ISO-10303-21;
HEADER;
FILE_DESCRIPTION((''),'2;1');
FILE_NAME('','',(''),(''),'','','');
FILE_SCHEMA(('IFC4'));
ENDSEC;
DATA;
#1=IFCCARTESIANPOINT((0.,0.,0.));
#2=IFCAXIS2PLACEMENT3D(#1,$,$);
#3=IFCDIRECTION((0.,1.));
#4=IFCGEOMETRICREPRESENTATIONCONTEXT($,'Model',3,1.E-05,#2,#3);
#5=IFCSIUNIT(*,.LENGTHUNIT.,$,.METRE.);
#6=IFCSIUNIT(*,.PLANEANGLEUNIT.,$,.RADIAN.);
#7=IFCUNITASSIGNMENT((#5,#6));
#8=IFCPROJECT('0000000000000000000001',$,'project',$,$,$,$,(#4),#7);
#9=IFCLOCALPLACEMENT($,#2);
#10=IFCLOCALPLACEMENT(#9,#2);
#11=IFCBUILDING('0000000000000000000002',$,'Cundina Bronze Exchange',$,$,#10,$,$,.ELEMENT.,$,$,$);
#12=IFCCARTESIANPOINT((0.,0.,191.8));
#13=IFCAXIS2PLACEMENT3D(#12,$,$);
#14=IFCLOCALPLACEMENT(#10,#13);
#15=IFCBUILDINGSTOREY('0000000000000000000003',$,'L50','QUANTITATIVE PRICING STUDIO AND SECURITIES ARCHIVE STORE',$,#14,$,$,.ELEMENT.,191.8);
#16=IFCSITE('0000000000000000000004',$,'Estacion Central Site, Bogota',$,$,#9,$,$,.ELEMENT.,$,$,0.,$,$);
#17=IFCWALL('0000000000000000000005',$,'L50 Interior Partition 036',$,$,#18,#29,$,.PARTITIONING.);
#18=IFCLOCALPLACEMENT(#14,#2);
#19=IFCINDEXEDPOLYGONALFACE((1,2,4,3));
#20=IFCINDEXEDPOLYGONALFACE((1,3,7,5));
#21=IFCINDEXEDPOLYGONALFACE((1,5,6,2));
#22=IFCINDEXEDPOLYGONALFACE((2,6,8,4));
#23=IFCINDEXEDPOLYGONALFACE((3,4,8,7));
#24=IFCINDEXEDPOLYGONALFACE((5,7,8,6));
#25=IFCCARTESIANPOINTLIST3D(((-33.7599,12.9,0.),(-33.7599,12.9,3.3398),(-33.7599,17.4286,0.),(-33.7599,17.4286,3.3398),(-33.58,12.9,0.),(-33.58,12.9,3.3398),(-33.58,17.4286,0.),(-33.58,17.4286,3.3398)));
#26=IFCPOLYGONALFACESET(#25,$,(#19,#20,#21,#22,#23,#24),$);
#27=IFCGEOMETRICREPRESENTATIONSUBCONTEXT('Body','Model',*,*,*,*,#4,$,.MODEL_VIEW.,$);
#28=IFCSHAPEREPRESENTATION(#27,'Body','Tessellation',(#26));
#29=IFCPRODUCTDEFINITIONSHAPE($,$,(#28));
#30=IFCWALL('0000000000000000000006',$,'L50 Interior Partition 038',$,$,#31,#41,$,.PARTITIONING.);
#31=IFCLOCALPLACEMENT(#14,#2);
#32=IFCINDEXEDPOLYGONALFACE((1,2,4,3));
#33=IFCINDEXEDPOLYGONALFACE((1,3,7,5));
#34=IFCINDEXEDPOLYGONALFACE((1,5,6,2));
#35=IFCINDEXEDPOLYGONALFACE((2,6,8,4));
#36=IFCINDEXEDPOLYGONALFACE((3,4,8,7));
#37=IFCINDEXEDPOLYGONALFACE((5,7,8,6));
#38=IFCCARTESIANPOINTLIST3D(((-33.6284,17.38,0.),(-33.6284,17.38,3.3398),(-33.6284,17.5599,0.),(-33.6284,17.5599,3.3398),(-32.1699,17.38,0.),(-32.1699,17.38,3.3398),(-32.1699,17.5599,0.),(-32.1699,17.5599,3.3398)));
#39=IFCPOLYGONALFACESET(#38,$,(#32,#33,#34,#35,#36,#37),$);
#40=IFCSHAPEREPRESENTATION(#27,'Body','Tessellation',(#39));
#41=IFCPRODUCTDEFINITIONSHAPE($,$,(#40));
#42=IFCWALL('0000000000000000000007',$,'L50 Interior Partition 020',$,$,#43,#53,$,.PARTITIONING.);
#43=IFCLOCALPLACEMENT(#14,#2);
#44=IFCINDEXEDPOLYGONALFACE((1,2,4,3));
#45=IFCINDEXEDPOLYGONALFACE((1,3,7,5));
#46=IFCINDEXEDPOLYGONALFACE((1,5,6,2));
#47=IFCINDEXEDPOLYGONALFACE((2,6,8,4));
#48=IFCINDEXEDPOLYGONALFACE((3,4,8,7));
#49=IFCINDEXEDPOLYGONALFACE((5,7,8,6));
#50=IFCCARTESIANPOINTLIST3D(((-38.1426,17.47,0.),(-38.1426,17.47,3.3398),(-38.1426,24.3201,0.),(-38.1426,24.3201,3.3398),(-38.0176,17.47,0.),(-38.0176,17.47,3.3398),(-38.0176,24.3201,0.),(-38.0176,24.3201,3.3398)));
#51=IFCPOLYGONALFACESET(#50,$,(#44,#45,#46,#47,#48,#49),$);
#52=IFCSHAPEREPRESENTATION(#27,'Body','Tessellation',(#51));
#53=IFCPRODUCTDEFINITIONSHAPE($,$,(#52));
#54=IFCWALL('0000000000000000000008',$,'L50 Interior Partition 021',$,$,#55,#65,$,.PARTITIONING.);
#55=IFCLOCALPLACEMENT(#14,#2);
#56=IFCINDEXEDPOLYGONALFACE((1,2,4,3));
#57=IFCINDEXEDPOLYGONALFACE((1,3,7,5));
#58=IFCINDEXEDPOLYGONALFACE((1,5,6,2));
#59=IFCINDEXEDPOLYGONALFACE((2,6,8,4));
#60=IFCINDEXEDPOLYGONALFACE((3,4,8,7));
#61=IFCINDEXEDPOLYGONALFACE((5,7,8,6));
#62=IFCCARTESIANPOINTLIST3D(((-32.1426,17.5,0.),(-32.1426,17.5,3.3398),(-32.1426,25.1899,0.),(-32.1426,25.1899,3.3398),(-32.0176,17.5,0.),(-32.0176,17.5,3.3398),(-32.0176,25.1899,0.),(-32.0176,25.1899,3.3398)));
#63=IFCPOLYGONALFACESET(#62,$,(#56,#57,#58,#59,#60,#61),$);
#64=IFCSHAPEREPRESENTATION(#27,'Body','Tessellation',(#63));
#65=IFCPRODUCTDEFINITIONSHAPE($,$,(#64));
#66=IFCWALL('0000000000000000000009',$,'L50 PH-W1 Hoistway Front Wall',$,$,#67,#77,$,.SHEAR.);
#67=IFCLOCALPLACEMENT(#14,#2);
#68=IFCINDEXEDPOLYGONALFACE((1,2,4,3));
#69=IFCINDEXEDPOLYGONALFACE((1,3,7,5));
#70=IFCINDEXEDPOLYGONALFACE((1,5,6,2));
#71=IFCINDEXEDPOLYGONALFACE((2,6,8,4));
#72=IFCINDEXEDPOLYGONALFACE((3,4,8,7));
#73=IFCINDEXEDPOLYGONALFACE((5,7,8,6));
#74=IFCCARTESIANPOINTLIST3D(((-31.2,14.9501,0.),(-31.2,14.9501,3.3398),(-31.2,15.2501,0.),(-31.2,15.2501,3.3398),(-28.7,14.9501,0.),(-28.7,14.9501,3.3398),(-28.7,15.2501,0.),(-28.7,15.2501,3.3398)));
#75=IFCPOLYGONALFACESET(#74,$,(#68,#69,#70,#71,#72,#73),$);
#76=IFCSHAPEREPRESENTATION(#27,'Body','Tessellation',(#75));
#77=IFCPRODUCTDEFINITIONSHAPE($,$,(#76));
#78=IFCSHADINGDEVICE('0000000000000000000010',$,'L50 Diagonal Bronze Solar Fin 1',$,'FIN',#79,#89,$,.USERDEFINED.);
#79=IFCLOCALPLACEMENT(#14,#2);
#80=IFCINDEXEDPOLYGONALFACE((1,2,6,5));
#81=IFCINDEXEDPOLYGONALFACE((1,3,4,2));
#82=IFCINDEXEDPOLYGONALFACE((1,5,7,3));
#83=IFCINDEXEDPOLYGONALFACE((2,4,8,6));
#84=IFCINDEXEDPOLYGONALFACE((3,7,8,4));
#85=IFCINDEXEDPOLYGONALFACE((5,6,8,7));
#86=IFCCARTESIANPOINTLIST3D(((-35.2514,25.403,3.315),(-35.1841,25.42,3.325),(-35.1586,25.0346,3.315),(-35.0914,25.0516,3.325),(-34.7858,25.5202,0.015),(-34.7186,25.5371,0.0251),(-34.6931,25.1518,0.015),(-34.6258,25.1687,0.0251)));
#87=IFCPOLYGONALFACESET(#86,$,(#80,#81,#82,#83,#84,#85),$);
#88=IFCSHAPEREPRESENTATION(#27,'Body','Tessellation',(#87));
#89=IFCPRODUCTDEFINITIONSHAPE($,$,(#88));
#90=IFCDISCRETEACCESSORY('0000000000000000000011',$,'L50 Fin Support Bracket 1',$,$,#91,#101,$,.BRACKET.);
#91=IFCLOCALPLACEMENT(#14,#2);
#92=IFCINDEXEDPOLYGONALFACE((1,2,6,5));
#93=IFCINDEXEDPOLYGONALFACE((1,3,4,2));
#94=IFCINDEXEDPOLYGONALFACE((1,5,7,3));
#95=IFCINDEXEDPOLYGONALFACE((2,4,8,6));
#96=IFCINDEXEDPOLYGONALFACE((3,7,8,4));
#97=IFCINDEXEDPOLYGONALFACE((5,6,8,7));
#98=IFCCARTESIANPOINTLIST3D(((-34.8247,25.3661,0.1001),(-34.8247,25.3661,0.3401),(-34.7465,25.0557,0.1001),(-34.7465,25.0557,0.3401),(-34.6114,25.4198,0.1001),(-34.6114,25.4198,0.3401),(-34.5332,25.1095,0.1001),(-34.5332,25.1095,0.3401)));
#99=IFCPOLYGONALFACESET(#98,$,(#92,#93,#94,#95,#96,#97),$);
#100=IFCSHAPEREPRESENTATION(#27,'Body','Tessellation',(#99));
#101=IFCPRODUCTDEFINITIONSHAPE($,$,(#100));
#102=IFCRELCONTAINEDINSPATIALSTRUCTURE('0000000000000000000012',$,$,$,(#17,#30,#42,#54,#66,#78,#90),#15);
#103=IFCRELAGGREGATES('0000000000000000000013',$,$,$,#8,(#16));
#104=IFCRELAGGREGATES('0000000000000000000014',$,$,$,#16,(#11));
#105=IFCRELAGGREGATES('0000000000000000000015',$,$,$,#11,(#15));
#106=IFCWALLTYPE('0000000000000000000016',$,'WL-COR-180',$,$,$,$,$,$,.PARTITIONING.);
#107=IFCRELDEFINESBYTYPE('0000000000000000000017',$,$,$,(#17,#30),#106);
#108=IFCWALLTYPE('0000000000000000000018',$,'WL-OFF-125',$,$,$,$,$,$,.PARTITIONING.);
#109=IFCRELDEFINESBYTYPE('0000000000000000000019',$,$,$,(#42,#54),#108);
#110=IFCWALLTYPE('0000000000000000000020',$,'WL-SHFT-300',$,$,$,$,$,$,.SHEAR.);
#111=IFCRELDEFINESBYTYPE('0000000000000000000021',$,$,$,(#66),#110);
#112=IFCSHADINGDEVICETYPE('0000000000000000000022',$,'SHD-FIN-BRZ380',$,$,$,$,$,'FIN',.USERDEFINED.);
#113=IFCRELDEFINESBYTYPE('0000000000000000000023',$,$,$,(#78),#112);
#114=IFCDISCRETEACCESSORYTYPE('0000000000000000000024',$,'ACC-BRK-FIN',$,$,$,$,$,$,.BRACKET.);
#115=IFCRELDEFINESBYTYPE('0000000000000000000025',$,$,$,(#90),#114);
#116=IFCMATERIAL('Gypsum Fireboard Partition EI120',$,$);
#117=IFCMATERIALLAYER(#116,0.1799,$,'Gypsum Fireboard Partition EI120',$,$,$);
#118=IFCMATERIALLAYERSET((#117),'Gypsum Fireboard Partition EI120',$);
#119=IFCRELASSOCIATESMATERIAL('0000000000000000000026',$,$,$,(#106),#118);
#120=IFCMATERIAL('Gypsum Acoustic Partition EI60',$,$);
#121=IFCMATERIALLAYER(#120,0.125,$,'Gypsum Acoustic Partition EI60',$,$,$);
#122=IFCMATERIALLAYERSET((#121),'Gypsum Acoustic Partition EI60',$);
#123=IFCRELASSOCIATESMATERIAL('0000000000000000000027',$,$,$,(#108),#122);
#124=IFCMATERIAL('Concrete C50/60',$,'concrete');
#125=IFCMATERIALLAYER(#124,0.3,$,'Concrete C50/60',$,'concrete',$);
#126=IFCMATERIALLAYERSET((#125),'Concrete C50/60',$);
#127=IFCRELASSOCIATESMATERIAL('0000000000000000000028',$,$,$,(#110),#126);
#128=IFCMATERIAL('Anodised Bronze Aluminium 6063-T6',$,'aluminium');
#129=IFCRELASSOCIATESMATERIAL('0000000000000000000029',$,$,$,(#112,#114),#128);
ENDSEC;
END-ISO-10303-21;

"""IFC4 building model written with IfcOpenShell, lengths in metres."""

from ifc_helpers import new_model, si_unit, direction, frame, frame_2d, origin, origin_2d, place, context, subcontext, project, spatial, rectangle, extrude, material, layer, layer_set, material_profile, profile_set, type_object, element, save


model = new_model("IFC4")

# Units and contexts
model_context = context("Model", 3, precision=1e-05, world=origin(), true_north=direction((0.0, 1.0)))
body_context = subcontext(model_context, "Body", "Model", "MODEL_VIEW")
ifc_project = project(units=[si_unit("LENGTHUNIT", "METRE"), si_unit("PLANEANGLEUNIT", "RADIAN")], contexts=[model_context])

# Site, building, storey
site_placement = place(None, origin())
site = spatial("IfcSite", under=ifc_project, at=site_placement, Name="Estacion Central Site, Bogota", CompositionType="ELEMENT", RefElevation=0.0)
building_placement = place(site_placement, origin())
building = spatial("IfcBuilding", under=site, at=building_placement, Name="Cundina Bronze Exchange", CompositionType="ELEMENT")
storey_placement = place(building_placement, frame((0.0, 0.0, 191.8)))
storey = spatial("IfcBuildingStorey", under=building, at=storey_placement, Name="L50", Description="QUANTITATIVE PRICING STUDIO AND SECURITIES ARCHIVE STORE", CompositionType="ELEMENT", Elevation=191.8)

# Shared definitions
ifc_material_1 = material(Name="Concrete C50/60", Category="concrete")

# Shared definitions
ifc_material_2 = material(Name="Anodised Bronze Aluminium 6063-T6", Category="aluminium")

# Walls
ifc_material_3 = material(Name="Gypsum Fireboard Partition EI120")
ifc_layer_1 = layer(ifc_material_3, 0.1799, Name="Gypsum Fireboard Partition EI120")
ifc_layer_set_1 = layer_set([ifc_layer_1], Name="Gypsum Fireboard Partition EI120")
wall_type_1 = type_object("IfcWallType", Name="WL-COR-180", PredefinedType="PARTITIONING", material=ifc_layer_set_1)
wall_1_placement = place(storey_placement, frame((-33.6699, 17.4285, 0.0), z_axis=(0.0, 0.0, 1.0), x_axis=(0.0, -1.0, 0.0)))
element("IfcWall", 1, at=wall_1_placement, inside=storey, type_object=wall_type_1, Name="L50 Interior Partition 036", PredefinedType="PARTITIONING", context=body_context, shape_type="SweptSolid", body=[
    extrude(rectangle(XDim=4.5286, YDim=0.1799, at=frame_2d((2.2642, 0.0))), origin(), (0.0, 0.0, 1.0), 3.3398),
])
wall_2_placement = place(storey_placement, frame((-32.1699, 17.47, 0.0), z_axis=(0.0, 0.0, 1.0), x_axis=(-1.0, 0.0, 0.0)))
element("IfcWall", 2, at=wall_2_placement, inside=storey, type_object=wall_type_1, Name="L50 Interior Partition 038", PredefinedType="PARTITIONING", context=body_context, shape_type="SweptSolid", body=[
    extrude(rectangle(XDim=1.4585, YDim=0.1799, at=frame_2d((0.7292, 0.0))), origin(), (0.0, 0.0, 1.0), 3.3398),
])
ifc_material_4 = material(Name="Gypsum Acoustic Partition EI60")
ifc_layer_2 = layer(ifc_material_4, 0.125, Name="Gypsum Acoustic Partition EI60")
ifc_layer_set_2 = layer_set([ifc_layer_2], Name="Gypsum Acoustic Partition EI60")
wall_type_2 = type_object("IfcWallType", Name="WL-OFF-125", PredefinedType="PARTITIONING", material=ifc_layer_set_2)
wall_3_placement = place(storey_placement, frame((-38.0801, 17.47, 0.0), z_axis=(0.0, 0.0, 1.0), x_axis=(0.0, 1.0, 0.0)))
element("IfcWall", 3, at=wall_3_placement, inside=storey, type_object=wall_type_2, Name="L50 Interior Partition 020", PredefinedType="PARTITIONING", context=body_context, shape_type="SweptSolid", body=[
    extrude(rectangle(XDim=6.8501, YDim=0.125, at=frame_2d((3.425, 0.0))), origin(), (0.0, 0.0, 1.0), 3.3398),
])
wall_4_placement = place(storey_placement, frame((-32.0801, 17.5, 0.0), z_axis=(0.0, 0.0, 1.0), x_axis=(0.0, 1.0, 0.0)))
element("IfcWall", 4, at=wall_4_placement, inside=storey, type_object=wall_type_2, Name="L50 Interior Partition 021", PredefinedType="PARTITIONING", context=body_context, shape_type="SweptSolid", body=[
    extrude(rectangle(XDim=7.6899, YDim=0.125, at=frame_2d((3.845, 0.0))), origin(), (0.0, 0.0, 1.0), 3.3398),
])
ifc_layer_3 = layer(ifc_material_1, 0.3, Name="Concrete C50/60", Category="concrete")
ifc_layer_set_3 = layer_set([ifc_layer_3], Name="Concrete C50/60")
wall_type_3 = type_object("IfcWallType", Name="WL-SHFT-300", PredefinedType="SHEAR", material=ifc_layer_set_3)
wall_5_placement = place(storey_placement, frame((-31.2, 15.1001, 0.0), z_axis=(0.0, 0.0, 1.0), x_axis=(1.0, 0.0, 0.0)))
element("IfcWall", 5, at=wall_5_placement, inside=storey, type_object=wall_type_3, Name="L50 PH-W1 Hoistway Front Wall", PredefinedType="SHEAR", context=body_context, shape_type="SweptSolid", body=[
    extrude(rectangle(XDim=2.5, YDim=0.3, at=frame_2d((1.25, 0.0))), origin(), (0.0, 0.0, 1.0), 3.3398),
])

# Shading device
ifc_material_profile_1 = material_profile(ifc_material_2, rectangle(XDim=0.0701, YDim=0.3799, at=origin_2d()), Name="FIN70X380", Category="aluminium")
ifc_profile_set_1 = profile_set([ifc_material_profile_1], Name="Anodised Bronze Aluminium 6063-T6")
shading_device_type = type_object("IfcShadingDeviceType", Name="SHD-FIN-BRZ380", ElementType="FIN", PredefinedType="USERDEFINED", material=ifc_profile_set_1)
shading_device_placement = place(storey_placement, frame((-34.7058, 25.3445, 0.02), z_axis=(-0.139612, -0.035141, 0.989583), x_axis=(0.95965, 0.241548, 0.143967)))
element("IfcShadingDevice", 6, at=shading_device_placement, inside=storey, type_object=shading_device_type, Name="L50 Diagonal Bronze Solar Fin 1", ObjectType="FIN", PredefinedType="USERDEFINED", context=body_context, shape_type="SweptSolid", body=[
    extrude(rectangle(XDim=0.0701, YDim=0.3799, at=origin_2d()), origin(), (0.0, 0.0, 1.0), 3.3347),
])

# Discrete accessory
discrete_accessory_type = type_object("IfcDiscreteAccessoryType", Name="ACC-BRK-FIN", PredefinedType="BRACKET", material=ifc_material_2)
discrete_accessory_placement = place(storey_placement, frame((-34.679, 25.2378, 0.1001), z_axis=(0.0, 0.0, 1.0), x_axis=(-0.969732, -0.244174, 0.0)))
element("IfcDiscreteAccessory", 7, at=discrete_accessory_placement, inside=storey, type_object=discrete_accessory_type, Name="L50 Fin Support Bracket 1", PredefinedType="BRACKET", context=body_context, shape_type="SweptSolid", body=[
    extrude(rectangle(XDim=0.22, YDim=0.3201, at=origin_2d()), origin(), (0.0, 0.0, 1.0), 0.24),
])

save(model, "model.ifc")
